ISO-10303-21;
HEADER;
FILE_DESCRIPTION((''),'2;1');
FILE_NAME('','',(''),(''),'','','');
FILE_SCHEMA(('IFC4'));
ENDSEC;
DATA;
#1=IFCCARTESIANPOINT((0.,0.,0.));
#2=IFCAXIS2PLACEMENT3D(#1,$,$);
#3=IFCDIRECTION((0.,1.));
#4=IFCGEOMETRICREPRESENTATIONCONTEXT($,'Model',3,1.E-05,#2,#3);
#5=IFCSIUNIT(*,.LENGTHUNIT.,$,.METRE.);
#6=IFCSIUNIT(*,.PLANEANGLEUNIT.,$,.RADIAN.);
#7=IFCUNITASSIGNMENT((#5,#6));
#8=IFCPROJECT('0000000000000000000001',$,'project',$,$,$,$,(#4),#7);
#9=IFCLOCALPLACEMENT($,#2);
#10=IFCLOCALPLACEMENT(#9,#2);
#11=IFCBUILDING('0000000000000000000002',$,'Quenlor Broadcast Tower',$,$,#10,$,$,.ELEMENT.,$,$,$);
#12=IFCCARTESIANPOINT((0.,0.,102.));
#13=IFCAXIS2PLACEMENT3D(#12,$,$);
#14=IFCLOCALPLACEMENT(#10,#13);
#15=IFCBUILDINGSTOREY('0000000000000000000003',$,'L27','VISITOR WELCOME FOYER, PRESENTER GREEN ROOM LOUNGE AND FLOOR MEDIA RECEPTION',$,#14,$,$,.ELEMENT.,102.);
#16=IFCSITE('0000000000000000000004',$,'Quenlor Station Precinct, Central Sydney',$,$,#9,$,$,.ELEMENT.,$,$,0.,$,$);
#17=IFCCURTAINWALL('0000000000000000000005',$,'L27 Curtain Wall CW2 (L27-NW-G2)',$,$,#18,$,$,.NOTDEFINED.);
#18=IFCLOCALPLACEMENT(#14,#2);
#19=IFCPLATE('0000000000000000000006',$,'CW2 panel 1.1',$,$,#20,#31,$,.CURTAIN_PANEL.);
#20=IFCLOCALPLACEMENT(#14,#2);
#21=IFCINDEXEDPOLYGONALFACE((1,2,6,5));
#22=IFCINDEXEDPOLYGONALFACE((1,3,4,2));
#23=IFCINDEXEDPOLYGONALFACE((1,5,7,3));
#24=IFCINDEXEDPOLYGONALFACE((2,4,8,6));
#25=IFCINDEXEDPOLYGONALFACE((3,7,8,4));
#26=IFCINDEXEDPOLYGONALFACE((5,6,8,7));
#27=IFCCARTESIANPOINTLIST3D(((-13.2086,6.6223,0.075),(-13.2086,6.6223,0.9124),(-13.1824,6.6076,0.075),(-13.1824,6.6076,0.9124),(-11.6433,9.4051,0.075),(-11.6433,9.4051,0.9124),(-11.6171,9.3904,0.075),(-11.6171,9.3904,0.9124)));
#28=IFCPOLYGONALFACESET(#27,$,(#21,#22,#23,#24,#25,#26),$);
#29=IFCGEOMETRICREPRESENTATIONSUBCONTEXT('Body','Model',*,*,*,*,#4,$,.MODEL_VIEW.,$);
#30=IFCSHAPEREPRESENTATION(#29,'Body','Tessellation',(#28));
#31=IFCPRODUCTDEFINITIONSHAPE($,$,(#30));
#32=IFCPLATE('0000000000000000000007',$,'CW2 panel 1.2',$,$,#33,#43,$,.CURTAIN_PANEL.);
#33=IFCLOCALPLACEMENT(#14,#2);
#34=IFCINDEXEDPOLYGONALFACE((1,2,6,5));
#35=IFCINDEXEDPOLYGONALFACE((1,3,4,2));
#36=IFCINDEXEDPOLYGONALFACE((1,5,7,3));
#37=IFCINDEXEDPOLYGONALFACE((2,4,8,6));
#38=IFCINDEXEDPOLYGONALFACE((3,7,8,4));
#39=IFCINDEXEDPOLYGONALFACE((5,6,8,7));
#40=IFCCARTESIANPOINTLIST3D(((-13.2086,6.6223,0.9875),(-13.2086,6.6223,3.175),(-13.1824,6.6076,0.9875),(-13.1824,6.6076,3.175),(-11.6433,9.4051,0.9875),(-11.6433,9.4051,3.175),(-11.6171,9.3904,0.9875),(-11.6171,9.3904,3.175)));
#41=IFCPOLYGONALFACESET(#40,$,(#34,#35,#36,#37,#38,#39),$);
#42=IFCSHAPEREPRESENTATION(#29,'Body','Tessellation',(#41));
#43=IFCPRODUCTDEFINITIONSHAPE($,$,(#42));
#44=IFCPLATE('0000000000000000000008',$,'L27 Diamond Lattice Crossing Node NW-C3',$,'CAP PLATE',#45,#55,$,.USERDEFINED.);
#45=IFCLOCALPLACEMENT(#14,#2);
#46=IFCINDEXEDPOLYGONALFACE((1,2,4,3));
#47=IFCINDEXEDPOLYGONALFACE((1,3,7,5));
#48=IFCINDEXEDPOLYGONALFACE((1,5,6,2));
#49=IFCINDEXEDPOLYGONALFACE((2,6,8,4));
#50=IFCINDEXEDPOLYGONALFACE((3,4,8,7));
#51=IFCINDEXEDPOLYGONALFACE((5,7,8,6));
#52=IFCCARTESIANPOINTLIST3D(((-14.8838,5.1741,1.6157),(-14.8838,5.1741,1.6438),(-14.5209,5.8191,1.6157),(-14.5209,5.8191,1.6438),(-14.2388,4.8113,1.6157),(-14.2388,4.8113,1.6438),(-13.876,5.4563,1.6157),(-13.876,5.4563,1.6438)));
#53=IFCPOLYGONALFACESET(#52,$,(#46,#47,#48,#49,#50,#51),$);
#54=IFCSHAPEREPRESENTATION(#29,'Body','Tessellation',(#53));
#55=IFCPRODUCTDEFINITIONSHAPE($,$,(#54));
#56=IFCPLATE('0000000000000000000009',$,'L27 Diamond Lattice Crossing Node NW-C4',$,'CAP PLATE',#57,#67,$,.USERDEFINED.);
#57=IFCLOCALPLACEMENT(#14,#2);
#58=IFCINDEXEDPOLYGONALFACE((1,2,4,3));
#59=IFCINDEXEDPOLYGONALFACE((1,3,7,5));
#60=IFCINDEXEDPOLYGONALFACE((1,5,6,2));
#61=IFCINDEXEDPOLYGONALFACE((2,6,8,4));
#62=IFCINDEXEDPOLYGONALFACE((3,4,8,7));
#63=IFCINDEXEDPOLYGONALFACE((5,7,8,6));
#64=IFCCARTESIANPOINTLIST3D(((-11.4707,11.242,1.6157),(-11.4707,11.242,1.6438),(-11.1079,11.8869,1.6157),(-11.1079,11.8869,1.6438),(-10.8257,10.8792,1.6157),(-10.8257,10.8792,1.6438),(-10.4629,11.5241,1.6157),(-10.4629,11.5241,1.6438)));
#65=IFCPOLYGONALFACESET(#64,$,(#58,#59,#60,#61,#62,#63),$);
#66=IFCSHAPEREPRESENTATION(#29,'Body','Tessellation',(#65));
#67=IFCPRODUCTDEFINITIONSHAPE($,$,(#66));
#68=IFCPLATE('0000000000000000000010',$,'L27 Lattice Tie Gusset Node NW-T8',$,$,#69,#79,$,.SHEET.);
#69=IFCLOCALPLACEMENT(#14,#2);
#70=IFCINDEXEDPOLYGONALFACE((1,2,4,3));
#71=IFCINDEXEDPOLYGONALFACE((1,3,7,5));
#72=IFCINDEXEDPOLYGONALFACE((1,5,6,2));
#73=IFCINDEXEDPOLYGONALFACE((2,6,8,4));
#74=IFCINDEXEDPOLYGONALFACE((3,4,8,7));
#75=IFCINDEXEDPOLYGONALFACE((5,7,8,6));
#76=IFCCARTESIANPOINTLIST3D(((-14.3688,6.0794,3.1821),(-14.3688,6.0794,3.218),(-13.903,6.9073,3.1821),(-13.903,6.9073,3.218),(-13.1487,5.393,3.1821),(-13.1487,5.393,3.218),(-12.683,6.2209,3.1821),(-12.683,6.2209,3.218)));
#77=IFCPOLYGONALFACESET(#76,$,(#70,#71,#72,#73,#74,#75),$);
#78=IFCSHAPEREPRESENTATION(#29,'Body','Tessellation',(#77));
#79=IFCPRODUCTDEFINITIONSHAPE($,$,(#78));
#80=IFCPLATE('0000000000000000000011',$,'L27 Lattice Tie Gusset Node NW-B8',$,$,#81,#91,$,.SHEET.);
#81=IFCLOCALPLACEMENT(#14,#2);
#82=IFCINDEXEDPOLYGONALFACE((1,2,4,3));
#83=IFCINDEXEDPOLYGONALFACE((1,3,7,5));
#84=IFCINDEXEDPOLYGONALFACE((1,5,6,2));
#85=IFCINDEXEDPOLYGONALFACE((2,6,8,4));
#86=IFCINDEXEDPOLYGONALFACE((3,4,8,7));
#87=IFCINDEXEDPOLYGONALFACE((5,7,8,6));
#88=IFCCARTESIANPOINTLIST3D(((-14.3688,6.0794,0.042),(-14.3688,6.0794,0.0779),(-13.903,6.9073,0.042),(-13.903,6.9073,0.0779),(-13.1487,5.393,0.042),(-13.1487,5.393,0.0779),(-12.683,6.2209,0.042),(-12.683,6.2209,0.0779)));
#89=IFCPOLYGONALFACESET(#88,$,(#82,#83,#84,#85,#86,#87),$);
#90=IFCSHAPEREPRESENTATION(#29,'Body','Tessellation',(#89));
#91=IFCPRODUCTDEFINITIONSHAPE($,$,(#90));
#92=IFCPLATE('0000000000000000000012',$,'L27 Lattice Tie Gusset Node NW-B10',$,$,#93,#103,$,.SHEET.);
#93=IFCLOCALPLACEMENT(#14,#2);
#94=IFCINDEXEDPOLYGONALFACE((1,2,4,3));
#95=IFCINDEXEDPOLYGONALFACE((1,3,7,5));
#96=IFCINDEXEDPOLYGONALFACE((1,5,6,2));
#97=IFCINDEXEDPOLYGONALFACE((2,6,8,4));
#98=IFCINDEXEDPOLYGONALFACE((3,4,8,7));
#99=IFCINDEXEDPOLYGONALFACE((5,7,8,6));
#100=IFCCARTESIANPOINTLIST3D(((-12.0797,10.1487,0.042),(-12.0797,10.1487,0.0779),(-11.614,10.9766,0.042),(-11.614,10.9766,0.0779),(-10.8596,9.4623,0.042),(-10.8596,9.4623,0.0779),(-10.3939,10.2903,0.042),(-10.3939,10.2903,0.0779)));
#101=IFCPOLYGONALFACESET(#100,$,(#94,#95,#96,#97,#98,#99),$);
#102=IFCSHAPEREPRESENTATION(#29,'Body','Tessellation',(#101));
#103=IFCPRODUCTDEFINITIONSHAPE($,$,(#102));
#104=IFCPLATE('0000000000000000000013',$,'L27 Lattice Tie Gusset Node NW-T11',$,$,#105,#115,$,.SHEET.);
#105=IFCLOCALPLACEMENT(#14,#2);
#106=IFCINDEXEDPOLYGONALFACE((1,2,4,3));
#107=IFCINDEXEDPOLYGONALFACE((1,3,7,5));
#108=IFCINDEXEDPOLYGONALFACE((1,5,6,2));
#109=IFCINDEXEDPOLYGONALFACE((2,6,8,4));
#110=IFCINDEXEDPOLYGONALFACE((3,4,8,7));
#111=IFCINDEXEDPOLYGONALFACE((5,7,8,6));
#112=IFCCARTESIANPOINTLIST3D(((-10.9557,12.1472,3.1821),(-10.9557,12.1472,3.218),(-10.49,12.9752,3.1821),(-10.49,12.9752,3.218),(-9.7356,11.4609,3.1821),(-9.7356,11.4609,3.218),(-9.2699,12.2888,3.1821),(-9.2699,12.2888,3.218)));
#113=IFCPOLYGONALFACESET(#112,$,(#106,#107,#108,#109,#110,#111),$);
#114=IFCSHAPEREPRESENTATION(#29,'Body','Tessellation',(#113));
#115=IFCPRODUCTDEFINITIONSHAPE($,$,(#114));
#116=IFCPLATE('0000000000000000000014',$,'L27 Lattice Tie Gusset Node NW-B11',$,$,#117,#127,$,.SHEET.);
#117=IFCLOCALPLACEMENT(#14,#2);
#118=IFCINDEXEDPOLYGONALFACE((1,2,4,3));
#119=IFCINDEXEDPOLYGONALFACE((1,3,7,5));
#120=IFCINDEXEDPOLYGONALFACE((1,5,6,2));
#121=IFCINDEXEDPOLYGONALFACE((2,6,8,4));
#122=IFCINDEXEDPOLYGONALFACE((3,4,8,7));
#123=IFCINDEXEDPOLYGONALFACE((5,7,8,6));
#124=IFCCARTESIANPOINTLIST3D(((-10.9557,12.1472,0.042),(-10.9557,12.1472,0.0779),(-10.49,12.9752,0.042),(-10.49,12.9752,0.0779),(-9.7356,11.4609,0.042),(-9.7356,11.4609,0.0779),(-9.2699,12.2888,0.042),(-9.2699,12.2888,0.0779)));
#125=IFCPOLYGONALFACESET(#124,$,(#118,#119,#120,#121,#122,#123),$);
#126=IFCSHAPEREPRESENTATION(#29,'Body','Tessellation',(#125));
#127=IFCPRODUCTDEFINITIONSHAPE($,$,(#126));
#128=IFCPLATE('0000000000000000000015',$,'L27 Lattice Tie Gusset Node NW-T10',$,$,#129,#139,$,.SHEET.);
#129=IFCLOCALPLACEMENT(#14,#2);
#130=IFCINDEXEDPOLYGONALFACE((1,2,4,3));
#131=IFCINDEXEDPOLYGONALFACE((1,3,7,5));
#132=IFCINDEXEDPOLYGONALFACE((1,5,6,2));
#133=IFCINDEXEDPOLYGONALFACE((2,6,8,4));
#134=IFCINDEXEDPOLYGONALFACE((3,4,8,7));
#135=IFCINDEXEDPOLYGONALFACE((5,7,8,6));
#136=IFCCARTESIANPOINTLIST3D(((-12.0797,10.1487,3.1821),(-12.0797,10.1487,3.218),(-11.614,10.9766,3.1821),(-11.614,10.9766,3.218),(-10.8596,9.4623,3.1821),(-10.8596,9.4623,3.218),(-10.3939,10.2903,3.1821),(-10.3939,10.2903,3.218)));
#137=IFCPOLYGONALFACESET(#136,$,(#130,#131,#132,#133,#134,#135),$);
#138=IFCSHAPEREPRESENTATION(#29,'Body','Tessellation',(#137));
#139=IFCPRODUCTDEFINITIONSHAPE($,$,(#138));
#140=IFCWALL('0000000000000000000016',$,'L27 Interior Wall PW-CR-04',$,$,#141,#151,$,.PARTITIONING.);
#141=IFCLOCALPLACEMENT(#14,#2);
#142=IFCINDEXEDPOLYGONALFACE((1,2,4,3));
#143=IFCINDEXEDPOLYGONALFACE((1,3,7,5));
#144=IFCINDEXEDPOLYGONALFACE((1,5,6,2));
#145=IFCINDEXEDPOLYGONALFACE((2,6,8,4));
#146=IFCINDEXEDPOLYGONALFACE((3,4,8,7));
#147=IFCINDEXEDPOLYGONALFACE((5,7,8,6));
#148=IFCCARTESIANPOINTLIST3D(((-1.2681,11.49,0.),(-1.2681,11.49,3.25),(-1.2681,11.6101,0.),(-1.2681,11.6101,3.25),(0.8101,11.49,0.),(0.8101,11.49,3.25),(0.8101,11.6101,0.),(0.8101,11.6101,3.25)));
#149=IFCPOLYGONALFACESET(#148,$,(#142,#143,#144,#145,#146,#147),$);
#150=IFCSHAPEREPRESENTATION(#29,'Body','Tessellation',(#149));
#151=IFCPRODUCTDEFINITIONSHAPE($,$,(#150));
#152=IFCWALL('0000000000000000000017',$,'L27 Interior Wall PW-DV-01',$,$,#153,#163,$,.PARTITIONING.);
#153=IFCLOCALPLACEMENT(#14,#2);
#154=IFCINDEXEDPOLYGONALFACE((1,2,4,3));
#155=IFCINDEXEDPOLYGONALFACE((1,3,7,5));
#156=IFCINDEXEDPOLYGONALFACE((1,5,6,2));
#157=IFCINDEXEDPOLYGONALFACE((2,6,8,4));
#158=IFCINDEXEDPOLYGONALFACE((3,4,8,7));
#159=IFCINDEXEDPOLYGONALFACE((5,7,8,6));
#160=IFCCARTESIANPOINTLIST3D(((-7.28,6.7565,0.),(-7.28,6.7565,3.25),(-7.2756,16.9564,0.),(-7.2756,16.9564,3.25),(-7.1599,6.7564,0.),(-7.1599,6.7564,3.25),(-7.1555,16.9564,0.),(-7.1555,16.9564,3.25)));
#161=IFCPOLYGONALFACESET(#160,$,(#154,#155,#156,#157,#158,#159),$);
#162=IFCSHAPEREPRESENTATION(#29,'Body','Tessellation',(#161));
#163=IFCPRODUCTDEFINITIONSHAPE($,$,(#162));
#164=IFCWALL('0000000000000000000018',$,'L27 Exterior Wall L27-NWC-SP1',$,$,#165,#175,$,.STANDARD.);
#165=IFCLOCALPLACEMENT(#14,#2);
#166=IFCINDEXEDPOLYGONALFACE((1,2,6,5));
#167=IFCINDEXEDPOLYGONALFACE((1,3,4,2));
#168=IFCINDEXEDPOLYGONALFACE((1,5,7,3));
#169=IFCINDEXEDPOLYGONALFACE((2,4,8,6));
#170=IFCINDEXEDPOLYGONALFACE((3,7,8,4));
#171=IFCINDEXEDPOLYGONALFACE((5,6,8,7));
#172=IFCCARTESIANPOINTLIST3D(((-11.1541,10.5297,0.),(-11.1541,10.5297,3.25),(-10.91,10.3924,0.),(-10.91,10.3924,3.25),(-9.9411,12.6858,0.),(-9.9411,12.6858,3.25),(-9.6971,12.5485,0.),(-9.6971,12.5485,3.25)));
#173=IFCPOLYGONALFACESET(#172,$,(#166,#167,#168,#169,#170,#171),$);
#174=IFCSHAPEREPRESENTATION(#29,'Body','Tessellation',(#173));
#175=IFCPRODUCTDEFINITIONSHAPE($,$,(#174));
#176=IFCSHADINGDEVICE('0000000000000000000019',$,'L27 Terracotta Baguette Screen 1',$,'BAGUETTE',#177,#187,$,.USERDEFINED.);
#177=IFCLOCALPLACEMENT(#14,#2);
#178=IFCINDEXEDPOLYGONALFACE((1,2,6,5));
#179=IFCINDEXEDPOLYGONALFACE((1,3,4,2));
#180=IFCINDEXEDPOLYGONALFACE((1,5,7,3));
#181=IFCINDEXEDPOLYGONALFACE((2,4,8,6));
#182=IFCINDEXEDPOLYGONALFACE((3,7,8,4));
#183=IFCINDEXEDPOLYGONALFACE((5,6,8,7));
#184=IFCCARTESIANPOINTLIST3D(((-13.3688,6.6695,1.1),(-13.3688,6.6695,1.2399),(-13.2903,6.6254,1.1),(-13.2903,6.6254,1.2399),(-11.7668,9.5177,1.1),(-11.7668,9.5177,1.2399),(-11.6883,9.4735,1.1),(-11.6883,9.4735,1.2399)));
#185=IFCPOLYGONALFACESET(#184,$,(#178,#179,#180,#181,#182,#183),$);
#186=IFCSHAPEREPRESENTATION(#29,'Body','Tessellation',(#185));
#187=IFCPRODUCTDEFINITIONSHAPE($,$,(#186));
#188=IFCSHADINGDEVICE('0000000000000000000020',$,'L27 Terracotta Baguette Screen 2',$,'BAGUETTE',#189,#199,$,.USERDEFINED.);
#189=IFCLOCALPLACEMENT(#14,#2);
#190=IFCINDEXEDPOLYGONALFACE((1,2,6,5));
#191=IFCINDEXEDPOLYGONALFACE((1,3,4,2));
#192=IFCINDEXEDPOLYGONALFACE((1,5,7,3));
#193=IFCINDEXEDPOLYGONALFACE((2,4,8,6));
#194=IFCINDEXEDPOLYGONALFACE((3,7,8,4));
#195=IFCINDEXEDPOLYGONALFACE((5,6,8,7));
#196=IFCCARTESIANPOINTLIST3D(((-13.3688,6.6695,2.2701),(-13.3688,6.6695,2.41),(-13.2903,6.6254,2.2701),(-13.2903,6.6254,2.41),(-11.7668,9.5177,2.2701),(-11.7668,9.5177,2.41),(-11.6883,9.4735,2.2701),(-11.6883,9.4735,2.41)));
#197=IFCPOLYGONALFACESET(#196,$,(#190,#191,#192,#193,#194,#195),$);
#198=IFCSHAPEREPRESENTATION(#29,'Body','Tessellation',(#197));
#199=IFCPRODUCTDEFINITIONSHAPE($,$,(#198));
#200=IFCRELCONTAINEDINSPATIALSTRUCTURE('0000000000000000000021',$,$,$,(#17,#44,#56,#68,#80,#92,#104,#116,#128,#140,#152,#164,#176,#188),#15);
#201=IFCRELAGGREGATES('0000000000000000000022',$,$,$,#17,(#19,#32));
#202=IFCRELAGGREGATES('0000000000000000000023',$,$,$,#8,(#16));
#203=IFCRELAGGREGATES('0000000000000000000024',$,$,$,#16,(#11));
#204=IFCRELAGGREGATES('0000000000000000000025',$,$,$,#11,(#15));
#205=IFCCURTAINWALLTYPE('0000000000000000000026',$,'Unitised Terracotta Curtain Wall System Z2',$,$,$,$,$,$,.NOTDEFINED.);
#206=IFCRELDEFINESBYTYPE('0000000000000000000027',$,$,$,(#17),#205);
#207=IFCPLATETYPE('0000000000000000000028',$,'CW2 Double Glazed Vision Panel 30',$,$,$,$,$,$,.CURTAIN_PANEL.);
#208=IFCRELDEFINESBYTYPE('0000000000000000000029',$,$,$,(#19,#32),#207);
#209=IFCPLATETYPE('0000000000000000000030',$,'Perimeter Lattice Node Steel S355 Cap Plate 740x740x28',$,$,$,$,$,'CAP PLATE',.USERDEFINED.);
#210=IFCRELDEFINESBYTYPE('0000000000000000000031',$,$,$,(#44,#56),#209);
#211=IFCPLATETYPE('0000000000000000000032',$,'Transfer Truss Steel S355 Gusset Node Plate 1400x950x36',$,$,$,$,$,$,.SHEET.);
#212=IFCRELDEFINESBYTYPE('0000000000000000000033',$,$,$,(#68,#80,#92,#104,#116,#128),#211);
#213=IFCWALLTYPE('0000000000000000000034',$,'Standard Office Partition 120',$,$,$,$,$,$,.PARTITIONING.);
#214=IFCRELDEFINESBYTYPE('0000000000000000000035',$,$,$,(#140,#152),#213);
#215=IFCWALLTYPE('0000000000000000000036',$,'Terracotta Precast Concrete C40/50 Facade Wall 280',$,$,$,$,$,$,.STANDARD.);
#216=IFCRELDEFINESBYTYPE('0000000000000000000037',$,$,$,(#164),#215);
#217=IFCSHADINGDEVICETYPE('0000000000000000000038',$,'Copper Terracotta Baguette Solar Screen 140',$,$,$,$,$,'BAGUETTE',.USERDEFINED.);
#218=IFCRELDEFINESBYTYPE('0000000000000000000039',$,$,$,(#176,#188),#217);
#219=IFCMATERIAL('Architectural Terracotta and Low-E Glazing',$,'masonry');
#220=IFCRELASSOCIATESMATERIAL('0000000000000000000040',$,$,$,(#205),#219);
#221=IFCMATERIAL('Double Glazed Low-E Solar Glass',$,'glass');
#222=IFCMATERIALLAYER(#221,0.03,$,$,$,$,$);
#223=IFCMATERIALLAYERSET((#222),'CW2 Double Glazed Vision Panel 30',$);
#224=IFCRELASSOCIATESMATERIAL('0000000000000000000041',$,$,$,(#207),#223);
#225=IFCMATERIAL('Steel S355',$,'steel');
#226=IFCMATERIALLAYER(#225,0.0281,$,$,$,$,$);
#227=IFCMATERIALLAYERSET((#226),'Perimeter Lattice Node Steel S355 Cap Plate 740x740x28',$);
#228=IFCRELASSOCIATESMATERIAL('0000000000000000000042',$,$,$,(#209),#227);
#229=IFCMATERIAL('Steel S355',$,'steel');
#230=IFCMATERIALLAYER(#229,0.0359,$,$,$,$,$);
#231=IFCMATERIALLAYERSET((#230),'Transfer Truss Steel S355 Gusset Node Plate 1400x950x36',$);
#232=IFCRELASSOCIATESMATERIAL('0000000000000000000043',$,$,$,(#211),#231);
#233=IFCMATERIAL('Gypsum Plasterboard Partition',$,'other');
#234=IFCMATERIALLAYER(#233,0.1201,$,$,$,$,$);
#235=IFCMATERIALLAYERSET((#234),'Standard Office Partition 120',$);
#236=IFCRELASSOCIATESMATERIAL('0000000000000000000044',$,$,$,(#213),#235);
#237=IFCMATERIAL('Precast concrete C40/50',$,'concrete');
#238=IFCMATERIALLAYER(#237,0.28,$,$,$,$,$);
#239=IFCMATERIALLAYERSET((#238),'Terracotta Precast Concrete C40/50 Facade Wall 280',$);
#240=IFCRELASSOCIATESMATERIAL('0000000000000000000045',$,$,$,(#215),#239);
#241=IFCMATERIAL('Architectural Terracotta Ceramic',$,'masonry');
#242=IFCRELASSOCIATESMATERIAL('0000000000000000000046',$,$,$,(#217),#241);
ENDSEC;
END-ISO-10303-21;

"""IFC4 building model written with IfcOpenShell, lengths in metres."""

from ifc_helpers import new_model, si_unit, direction, frame, frame_2d, origin, origin_2d, place, context, subcontext, project, spatial, rectangle, extrude, material, layer, layer_set, material_profile, profile_set, type_object, element, aggregate, save


model = new_model("IFC4")

# Units and contexts
model_context = context("Model", 3, precision=1e-05, world=origin(), true_north=direction((0.0, 1.0)))
body_context = subcontext(model_context, "Body", "Model", "MODEL_VIEW")
ifc_project = project(units=[si_unit("LENGTHUNIT", "METRE"), si_unit("PLANEANGLEUNIT", "RADIAN")], contexts=[model_context])

# Site, building, storey
site_placement = place(None, origin())
site = spatial("IfcSite", under=ifc_project, at=site_placement, Name="Quenlor Station Precinct, Central Sydney", CompositionType="ELEMENT", RefElevation=0.0)
building_placement = place(site_placement, origin())
building = spatial("IfcBuilding", under=site, at=building_placement, Name="Quenlor Broadcast Tower", CompositionType="ELEMENT")
storey_placement = place(building_placement, frame((0.0, 0.0, 102.0)))
storey = spatial("IfcBuildingStorey", under=building, at=storey_placement, Name="L27", Description="VISITOR WELCOME FOYER, PRESENTER GREEN ROOM LOUNGE AND FLOOR MEDIA RECEPTION", CompositionType="ELEMENT", Elevation=102.0)

# Curtain wall
ifc_material_1 = material(Name="Architectural Terracotta and Low-E Glazing", Category="masonry")
curtain_wall_type = type_object("IfcCurtainWallType", Name="Unitised Terracotta Curtain Wall System Z2", PredefinedType="NOTDEFINED", material=ifc_material_1)
curtain_wall_placement = place(storey_placement, origin())
curtain_wall = element("IfcCurtainWall", 1, at=curtain_wall_placement, inside=storey, type_object=curtain_wall_type, Name="L27 Curtain Wall CW2 (L27-NW-G2)", PredefinedType="NOTDEFINED")

# Plates
ifc_material_2 = material(Name="Double Glazed Low-E Solar Glass", Category="glass")
ifc_layer_1 = layer(ifc_material_2, 0.03)
ifc_layer_set_1 = layer_set([ifc_layer_1], Name="CW2 Double Glazed Vision Panel 30")
plate_type_1 = type_object("IfcPlateType", Name="CW2 Double Glazed Vision Panel 30", PredefinedType="CURTAIN_PANEL", material=ifc_layer_set_1)
plate_1_placement = place(storey_placement, frame((-12.4128, 8.0063, 0.075), z_axis=(0.0, 0.0, 1.0), x_axis=(0.490261, 0.871576, 0.0)))
plate_1 = element("IfcPlate", 2, at=plate_1_placement, type_object=plate_type_1, Name="CW2 panel 1.1", PredefinedType="CURTAIN_PANEL", context=body_context, shape_type="SweptSolid", body=[
    extrude(rectangle(XDim=3.1929, YDim=0.03, at=origin_2d()), origin(), (0.0, 0.0, 1.0), 0.8374),
])
plate_2_placement = place(storey_placement, frame((-12.4128, 8.0063, 0.9875), z_axis=(0.0, 0.0, 1.0), x_axis=(0.490261, 0.871576, 0.0)))
plate_2 = element("IfcPlate", 3, at=plate_2_placement, type_object=plate_type_1, Name="CW2 panel 1.2", PredefinedType="CURTAIN_PANEL", context=body_context, shape_type="SweptSolid", body=[
    extrude(rectangle(XDim=3.1929, YDim=0.03, at=origin_2d()), origin(), (0.0, 0.0, 1.0), 2.1875),
])
aggregate(curtain_wall, [plate_1, plate_2])

# Plates
ifc_material_3 = material(Name="Steel S355", Category="steel")
ifc_layer_2 = layer(ifc_material_3, 0.0281)
ifc_layer_set_2 = layer_set([ifc_layer_2], Name="Perimeter Lattice Node Steel S355 Cap Plate 740x740x28")
plate_type_2 = type_object("IfcPlateType", Name="Perimeter Lattice Node Steel S355 Cap Plate 740x740x28", ElementType="CAP PLATE", PredefinedType="USERDEFINED", material=ifc_layer_set_2)
for number, where, z_axis, x_axis, name in (
    (4, (-14.3799, 5.3152, 1.6157), (0.0, 0.0, 1.0), (0.490295, 0.871556, 0.0), "L27 Diamond Lattice Crossing Node NW-C3"),
    (5, (-10.9668, 11.3831, 1.6157), (0.0, 0.0, 1.0), (0.490295, 0.871556, 0.0), "L27 Diamond Lattice Crossing Node NW-C4"),
):
    element("IfcPlate", number, at=place(storey_placement, frame(where, z_axis=z_axis, x_axis=x_axis)), inside=storey, type_object=plate_type_2, Name=name, ObjectType="CAP PLATE", PredefinedType="USERDEFINED", context=body_context, shape_type="SweptSolid", body=[
        extrude(rectangle(XDim=0.74, YDim=0.74, at=origin_2d()), origin(), (0.0, 0.0, 1.0), 0.0281),
    ])
ifc_material_4 = material(Name="Steel S355", Category="steel")
ifc_layer_3 = layer(ifc_material_4, 0.0359)
ifc_layer_set_3 = layer_set([ifc_layer_3], Name="Transfer Truss Steel S355 Gusset Node Plate 1400x950x36")
plate_type_3 = type_object("IfcPlateType", Name="Transfer Truss Steel S355 Gusset Node Plate 1400x950x36", PredefinedType="SHEET", material=ifc_layer_set_3)
for number, where, z_axis, x_axis, name in (
    (6, (-13.5259, 6.1501, 3.1821), (0.0, 0.0, 1.0), (-0.871556, 0.490295, 0.0), "L27 Lattice Tie Gusset Node NW-T8"),
    (7, (-13.5259, 6.1501, 0.042), (0.0, 0.0, 1.0), (-0.871556, 0.490295, 0.0), "L27 Lattice Tie Gusset Node NW-B8"),
    (8, (-11.2368, 10.2195, 0.042), (0.0, 0.0, 1.0), (-0.871556, 0.490295, 0.0), "L27 Lattice Tie Gusset Node NW-B10"),
    (9, (-10.1128, 12.218, 3.1821), (0.0, 0.0, 1.0), (-0.871556, 0.490295, 0.0), "L27 Lattice Tie Gusset Node NW-T11"),
    (10, (-10.1128, 12.218, 0.042), (0.0, 0.0, 1.0), (-0.871556, 0.490295, 0.0), "L27 Lattice Tie Gusset Node NW-B11"),
    (11, (-11.2368, 10.2195, 3.1821), (0.0, 0.0, 1.0), (-0.871556, 0.490295, 0.0), "L27 Lattice Tie Gusset Node NW-T10"),
):
    element("IfcPlate", number, at=place(storey_placement, frame(where, z_axis=z_axis, x_axis=x_axis)), inside=storey, type_object=plate_type_3, Name=name, PredefinedType="SHEET", context=body_context, shape_type="SweptSolid", body=[
        extrude(rectangle(XDim=1.3999, YDim=0.95, at=origin_2d()), origin(), (0.0, 0.0, 1.0), 0.0359),
    ])

# Walls
ifc_material_5 = material(Name="Gypsum Plasterboard Partition", Category="other")
ifc_layer_4 = layer(ifc_material_5, 0.1201)
ifc_layer_set_4 = layer_set([ifc_layer_4], Name="Standard Office Partition 120")
wall_type_1 = type_object("IfcWallType", Name="Standard Office Partition 120", PredefinedType="PARTITIONING", material=ifc_layer_set_4)
wall_1_placement = place(storey_placement, frame((-1.2681, 11.55, 0.0), z_axis=(0.0, 0.0, 1.0), x_axis=(1.0, 0.0, 0.0)))
element("IfcWall", 12, at=wall_1_placement, inside=storey, type_object=wall_type_1, Name="L27 Interior Wall PW-CR-04", PredefinedType="PARTITIONING", context=body_context, shape_type="SweptSolid", body=[
    extrude(rectangle(XDim=2.0781, YDim=0.1201, at=frame_2d((1.0391, 0.0))), origin(), (0.0, 0.0, 1.0), 3.25),
])
wall_2_placement = place(storey_placement, frame((-7.22, 6.7563, 0.0), z_axis=(0.0, 0.0, 1.0), x_axis=(0.000431, 1.0, 0.0)))
element("IfcWall", 13, at=wall_2_placement, inside=storey, type_object=wall_type_1, Name="L27 Interior Wall PW-DV-01", PredefinedType="PARTITIONING", context=body_context, shape_type="SweptSolid", body=[
    extrude(rectangle(XDim=10.2, YDim=0.1201, at=frame_2d((5.1001, 0.0))), origin(), (0.0, 0.0, 1.0), 3.25),
])
ifc_material_6 = material(Name="Precast concrete C40/50", Category="concrete")
ifc_layer_5 = layer(ifc_material_6, 0.28)
ifc_layer_set_5 = layer_set([ifc_layer_5], Name="Terracotta Precast Concrete C40/50 Facade Wall 280")
wall_type_2 = type_object("IfcWallType", Name="Terracotta Precast Concrete C40/50 Facade Wall 280", PredefinedType="STANDARD", material=ifc_layer_set_5)
wall_3_placement = place(storey_placement, frame((-11.032, 10.4612, 0.0), z_axis=(0.0, 0.0, 1.0), x_axis=(0.490303, 0.871552, 0.0)))
element("IfcWall", 14, at=wall_3_placement, inside=storey, type_object=wall_type_2, Name="L27 Exterior Wall L27-NWC-SP1", PredefinedType="STANDARD", context=body_context, shape_type="SweptSolid", body=[
    extrude(rectangle(XDim=2.4739, YDim=0.28, at=frame_2d((1.2368, 0.0))), origin(), (0.0, 0.0, 1.0), 3.25),
])

# Shading devices
ifc_material_7 = material(Name="Architectural Terracotta Ceramic", Category="masonry")
ifc_material_profile_1 = material_profile(ifc_material_7, rectangle(XDim=0.0901, YDim=0.1399, at=origin_2d()))
ifc_profile_set_1 = profile_set([ifc_material_profile_1], Name="Architectural Terracotta Ceramic BAG90x140")
shading_device_type = type_object("IfcShadingDeviceType", Name="Copper Terracotta Baguette Solar Screen 140", ElementType="BAGUETTE", PredefinedType="USERDEFINED", material=ifc_profile_set_1)
for number, where, z_axis, x_axis, name in (
    (15, (-13.3296, 6.6475, 1.1699), (0.490254, 0.87158, 0.0), (-0.87158, 0.490254, 0.0), "L27 Terracotta Baguette Screen 1"),
    (16, (-13.3296, 6.6475, 2.3401), (0.490254, 0.87158, 0.0), (-0.87158, 0.490254, 0.0), "L27 Terracotta Baguette Screen 2"),
):
    element("IfcShadingDevice", number, at=place(storey_placement, frame(where, z_axis=z_axis, x_axis=x_axis)), inside=storey, type_object=shading_device_type, Name=name, ObjectType="BAGUETTE", PredefinedType="USERDEFINED", context=body_context, shape_type="SweptSolid", body=[
        extrude(rectangle(XDim=0.0901, YDim=0.1399, at=origin_2d()), origin(), (0.0, 0.0, 1.0), 3.2678),
    ])

save(model, "model.ifc")
